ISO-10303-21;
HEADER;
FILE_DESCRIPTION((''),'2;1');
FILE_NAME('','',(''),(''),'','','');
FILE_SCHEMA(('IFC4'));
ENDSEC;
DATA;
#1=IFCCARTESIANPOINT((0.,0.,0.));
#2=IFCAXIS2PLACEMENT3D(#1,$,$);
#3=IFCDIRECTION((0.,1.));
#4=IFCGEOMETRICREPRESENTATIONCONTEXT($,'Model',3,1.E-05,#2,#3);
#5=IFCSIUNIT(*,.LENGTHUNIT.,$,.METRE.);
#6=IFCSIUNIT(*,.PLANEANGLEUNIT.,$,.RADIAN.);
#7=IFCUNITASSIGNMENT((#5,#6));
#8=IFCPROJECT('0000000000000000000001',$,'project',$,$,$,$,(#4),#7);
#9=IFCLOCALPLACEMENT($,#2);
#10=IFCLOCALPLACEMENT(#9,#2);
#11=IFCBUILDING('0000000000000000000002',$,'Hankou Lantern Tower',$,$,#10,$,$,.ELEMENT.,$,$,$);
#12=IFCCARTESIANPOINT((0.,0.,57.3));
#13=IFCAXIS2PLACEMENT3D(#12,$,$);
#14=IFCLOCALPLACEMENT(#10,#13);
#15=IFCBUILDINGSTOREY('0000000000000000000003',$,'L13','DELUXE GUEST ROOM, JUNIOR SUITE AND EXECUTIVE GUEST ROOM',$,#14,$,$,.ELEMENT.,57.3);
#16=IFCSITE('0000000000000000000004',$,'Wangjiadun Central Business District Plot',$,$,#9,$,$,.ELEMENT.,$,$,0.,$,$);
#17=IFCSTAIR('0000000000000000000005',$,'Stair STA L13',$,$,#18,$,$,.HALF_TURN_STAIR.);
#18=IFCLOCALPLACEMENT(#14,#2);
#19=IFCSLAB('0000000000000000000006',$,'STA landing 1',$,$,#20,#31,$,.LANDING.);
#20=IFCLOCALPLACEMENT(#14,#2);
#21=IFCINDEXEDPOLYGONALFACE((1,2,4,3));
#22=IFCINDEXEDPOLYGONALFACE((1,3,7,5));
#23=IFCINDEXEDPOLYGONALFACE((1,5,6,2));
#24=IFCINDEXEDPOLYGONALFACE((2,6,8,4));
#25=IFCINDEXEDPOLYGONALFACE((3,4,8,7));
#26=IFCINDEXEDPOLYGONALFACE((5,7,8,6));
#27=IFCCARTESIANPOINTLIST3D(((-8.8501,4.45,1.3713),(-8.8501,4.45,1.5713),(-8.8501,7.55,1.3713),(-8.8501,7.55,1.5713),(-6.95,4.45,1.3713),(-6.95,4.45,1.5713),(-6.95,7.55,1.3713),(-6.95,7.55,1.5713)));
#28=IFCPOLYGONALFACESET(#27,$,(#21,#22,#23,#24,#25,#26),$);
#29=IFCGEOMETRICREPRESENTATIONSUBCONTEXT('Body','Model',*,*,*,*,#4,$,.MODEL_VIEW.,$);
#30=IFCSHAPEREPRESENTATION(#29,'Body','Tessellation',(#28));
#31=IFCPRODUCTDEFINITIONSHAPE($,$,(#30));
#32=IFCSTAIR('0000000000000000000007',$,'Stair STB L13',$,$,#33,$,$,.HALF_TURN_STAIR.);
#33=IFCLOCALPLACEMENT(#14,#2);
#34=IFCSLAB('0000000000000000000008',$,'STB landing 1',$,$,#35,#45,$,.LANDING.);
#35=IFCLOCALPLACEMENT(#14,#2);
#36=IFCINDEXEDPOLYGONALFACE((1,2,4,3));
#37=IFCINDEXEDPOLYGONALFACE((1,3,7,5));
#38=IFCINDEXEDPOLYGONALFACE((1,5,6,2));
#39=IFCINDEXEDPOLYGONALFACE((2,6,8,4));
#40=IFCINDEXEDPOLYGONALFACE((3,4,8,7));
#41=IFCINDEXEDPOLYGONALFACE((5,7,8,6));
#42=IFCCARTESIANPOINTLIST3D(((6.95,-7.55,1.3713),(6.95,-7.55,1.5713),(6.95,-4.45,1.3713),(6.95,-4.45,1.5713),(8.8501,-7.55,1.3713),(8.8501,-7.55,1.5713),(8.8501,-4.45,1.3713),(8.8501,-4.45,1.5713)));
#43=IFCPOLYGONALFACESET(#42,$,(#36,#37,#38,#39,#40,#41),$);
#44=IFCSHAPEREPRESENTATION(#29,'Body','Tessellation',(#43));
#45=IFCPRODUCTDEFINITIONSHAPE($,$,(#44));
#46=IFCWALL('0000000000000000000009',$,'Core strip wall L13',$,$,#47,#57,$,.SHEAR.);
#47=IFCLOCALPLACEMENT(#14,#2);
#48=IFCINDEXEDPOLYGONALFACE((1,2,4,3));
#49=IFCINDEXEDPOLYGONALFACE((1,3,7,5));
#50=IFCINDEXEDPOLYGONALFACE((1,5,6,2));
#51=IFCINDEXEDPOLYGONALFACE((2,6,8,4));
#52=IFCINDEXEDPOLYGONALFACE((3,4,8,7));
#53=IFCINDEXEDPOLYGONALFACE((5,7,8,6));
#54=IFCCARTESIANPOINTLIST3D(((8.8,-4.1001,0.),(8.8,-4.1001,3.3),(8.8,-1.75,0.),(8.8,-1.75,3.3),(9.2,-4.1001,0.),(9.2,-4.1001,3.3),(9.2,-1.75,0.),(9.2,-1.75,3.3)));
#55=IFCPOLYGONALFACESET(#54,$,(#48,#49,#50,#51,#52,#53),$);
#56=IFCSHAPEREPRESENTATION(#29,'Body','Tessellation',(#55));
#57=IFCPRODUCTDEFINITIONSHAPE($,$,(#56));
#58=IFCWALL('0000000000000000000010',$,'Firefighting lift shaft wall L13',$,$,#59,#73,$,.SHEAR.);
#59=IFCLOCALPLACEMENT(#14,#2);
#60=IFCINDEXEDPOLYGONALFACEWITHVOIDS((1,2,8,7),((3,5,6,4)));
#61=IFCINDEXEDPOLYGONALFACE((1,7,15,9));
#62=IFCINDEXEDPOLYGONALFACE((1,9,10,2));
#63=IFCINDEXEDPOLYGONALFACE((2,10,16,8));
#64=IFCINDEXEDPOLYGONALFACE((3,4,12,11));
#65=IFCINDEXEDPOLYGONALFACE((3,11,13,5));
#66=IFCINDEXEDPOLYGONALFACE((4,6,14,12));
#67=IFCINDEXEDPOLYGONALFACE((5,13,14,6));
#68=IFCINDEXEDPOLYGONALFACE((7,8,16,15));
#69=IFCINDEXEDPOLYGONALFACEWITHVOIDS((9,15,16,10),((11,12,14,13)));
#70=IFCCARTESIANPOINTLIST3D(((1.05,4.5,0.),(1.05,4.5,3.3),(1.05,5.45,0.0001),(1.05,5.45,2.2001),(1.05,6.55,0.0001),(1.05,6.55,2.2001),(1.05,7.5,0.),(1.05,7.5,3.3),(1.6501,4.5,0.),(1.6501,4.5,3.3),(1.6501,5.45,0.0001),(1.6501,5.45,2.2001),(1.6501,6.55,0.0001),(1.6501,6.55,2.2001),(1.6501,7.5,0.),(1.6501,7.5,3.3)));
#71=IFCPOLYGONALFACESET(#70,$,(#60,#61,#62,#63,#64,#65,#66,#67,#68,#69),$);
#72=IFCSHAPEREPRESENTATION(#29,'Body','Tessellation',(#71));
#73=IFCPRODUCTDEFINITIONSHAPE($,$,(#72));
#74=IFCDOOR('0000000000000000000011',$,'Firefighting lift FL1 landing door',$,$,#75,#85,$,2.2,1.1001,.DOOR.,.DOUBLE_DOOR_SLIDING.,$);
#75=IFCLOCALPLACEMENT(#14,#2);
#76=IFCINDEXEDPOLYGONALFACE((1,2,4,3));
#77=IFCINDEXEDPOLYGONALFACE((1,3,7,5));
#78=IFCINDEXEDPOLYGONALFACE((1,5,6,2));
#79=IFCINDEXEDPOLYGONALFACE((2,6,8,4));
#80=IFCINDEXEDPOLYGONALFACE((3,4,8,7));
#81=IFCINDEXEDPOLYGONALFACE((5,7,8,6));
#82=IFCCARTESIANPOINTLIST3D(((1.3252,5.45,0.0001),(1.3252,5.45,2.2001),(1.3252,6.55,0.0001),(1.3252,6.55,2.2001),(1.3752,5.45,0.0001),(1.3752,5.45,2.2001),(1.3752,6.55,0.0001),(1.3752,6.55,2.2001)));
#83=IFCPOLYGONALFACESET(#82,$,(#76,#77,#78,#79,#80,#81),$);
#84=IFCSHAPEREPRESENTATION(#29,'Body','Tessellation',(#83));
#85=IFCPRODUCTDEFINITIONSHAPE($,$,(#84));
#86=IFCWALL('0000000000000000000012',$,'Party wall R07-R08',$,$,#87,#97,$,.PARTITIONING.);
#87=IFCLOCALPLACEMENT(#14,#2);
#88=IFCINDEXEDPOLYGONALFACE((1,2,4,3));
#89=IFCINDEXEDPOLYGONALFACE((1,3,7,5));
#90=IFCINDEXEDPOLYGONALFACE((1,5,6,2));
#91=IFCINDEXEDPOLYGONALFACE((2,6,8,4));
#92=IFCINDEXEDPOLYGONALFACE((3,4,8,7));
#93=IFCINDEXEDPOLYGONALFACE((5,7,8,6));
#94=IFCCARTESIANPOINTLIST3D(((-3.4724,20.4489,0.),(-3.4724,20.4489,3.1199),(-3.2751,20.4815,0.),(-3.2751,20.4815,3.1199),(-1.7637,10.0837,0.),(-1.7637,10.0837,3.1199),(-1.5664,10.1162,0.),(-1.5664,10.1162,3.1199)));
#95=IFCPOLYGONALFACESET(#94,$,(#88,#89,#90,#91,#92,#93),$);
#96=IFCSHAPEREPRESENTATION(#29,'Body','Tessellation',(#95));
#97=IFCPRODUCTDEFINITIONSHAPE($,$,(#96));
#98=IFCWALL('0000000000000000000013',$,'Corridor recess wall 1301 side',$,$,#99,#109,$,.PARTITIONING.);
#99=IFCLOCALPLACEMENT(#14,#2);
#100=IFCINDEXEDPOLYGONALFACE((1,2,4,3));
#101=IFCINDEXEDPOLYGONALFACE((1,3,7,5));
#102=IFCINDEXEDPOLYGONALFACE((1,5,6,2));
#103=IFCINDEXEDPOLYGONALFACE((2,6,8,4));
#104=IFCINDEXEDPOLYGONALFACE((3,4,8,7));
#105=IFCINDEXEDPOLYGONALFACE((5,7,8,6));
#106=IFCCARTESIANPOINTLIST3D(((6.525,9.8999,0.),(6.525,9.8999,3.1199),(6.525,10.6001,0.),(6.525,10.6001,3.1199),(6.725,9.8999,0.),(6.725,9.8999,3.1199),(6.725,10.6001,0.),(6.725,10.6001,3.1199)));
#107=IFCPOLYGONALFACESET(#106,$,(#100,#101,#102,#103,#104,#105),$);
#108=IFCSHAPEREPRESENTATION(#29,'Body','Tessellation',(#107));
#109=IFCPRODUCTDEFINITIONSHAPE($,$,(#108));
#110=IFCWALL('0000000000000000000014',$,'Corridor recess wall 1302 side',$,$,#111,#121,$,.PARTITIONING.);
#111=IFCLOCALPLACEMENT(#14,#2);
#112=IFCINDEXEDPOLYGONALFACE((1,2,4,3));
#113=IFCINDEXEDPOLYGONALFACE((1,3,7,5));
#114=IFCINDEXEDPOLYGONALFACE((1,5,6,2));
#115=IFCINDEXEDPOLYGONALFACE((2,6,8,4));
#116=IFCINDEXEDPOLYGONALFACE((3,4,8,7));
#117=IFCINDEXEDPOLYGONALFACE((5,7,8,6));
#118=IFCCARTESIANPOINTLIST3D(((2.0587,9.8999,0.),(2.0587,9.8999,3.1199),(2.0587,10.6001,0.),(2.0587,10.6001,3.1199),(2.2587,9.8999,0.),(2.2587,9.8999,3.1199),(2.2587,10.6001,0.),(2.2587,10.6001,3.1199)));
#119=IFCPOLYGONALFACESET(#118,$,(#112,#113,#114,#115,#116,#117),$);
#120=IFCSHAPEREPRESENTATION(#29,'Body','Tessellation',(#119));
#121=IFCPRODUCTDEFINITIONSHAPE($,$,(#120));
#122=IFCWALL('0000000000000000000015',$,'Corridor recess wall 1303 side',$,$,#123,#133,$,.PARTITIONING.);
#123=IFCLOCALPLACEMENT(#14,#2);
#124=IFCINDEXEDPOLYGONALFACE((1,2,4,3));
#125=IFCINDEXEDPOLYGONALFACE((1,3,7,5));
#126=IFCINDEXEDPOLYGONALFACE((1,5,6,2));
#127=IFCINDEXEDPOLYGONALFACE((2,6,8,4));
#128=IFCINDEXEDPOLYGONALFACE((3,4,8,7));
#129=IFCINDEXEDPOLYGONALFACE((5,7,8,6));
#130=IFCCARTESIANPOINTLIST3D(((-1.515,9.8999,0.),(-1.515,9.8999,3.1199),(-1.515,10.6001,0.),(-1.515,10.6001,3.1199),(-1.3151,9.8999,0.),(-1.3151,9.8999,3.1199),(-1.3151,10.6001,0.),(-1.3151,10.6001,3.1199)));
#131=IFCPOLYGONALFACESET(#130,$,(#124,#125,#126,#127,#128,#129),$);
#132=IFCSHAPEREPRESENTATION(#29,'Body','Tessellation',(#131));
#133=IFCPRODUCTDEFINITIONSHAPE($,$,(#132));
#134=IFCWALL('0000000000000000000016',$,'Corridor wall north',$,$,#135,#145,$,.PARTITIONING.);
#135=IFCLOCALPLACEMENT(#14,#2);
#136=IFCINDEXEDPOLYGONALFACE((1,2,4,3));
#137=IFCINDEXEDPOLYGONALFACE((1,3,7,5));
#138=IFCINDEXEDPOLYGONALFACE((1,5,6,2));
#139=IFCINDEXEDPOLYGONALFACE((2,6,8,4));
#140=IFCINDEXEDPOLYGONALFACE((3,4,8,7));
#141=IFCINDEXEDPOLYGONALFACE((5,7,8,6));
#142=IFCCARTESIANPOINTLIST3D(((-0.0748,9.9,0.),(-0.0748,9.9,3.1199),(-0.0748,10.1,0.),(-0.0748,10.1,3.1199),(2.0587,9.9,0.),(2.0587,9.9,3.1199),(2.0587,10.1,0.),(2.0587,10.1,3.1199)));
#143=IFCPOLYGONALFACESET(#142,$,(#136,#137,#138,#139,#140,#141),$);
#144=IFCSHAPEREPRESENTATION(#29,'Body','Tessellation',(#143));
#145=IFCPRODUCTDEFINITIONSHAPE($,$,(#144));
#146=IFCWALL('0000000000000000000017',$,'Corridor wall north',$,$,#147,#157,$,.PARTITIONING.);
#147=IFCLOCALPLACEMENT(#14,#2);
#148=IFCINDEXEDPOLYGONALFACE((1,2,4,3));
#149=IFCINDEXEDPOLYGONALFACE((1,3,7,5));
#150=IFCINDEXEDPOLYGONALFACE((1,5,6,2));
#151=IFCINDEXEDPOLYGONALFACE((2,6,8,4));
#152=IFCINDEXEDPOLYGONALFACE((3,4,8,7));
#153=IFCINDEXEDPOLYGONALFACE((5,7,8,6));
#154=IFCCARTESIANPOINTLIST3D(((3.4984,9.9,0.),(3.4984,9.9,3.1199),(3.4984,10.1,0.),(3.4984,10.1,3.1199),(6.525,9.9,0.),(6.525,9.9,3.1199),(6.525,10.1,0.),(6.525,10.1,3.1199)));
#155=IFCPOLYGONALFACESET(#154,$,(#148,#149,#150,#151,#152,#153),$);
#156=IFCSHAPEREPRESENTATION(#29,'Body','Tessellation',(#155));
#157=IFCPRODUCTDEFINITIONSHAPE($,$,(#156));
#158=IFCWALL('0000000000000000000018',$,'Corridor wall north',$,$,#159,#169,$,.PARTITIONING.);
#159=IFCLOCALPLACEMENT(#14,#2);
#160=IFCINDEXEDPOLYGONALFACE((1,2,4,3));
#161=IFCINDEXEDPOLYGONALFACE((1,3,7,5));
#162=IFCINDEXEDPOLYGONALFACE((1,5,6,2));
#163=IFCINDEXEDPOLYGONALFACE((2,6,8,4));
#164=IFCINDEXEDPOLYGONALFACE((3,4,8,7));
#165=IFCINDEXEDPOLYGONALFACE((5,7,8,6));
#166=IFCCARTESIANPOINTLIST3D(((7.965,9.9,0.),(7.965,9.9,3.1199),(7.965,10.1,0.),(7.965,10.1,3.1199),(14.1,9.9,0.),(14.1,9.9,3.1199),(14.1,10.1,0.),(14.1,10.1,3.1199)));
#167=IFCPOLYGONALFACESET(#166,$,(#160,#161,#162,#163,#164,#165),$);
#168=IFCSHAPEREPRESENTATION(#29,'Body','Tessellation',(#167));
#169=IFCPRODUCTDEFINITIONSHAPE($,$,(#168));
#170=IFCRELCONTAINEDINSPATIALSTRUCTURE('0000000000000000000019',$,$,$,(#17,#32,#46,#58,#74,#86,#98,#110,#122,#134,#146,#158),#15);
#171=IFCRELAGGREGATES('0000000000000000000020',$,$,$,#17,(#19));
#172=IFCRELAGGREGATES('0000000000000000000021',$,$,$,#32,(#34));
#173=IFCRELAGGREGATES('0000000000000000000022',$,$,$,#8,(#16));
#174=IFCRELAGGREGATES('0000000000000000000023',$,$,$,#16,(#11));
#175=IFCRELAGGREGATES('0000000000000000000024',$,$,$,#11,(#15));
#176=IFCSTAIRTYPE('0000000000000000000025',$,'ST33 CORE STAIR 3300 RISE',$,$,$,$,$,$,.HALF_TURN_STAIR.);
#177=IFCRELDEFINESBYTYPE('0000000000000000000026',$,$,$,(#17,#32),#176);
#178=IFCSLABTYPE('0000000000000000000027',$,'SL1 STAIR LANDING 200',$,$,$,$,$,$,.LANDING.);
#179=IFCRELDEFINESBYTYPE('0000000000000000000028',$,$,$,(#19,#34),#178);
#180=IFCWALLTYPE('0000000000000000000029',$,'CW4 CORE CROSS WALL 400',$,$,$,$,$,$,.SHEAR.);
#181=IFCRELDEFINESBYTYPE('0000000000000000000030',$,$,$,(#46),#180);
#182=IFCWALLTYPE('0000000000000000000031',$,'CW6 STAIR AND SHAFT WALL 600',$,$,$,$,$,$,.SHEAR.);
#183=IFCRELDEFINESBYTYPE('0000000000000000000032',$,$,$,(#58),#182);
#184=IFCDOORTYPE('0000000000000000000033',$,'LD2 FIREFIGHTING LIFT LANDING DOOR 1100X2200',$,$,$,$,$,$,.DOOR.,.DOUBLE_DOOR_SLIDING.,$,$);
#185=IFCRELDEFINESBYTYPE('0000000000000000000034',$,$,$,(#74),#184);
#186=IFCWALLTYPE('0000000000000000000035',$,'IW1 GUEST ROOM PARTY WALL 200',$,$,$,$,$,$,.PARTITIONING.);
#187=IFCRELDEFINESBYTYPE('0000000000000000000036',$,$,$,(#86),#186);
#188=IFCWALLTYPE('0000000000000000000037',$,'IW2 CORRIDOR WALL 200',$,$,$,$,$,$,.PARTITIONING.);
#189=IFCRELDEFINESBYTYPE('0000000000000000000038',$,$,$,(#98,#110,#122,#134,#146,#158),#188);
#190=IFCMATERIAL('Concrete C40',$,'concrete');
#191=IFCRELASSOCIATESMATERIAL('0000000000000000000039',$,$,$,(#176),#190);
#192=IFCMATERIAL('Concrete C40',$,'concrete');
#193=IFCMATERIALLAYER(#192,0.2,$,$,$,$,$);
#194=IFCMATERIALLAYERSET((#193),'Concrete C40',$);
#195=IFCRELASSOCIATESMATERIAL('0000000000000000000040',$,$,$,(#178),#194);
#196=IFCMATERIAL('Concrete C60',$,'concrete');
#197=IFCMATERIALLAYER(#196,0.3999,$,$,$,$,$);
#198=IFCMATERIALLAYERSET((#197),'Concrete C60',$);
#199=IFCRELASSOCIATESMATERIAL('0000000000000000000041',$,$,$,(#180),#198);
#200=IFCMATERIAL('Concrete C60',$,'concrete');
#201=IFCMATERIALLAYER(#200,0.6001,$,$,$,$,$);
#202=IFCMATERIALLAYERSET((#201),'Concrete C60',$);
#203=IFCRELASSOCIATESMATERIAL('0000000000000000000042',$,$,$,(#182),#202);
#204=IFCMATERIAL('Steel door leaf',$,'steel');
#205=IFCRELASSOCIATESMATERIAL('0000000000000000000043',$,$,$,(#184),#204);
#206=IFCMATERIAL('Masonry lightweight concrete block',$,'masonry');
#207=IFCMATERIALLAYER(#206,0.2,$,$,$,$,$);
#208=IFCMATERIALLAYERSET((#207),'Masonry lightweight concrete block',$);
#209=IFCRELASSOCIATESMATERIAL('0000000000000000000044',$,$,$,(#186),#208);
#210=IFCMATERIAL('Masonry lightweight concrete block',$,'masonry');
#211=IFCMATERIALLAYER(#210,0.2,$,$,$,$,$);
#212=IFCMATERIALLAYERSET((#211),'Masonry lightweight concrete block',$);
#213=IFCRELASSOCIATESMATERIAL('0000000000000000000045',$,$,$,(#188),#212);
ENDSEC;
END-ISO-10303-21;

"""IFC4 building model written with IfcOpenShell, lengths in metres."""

from ifc_helpers import new_model, si_unit, direction, frame, frame_2d, origin, place, context, subcontext, project, spatial, polyline, rectangle, outline, extrude, material, layer, layer_set, type_object, element, fill, aggregate, save


model = new_model("IFC4")

# Units and contexts
model_context = context("Model", 3, precision=1e-05, world=origin(), true_north=direction((0.0, 1.0)))
body_context = subcontext(model_context, "Body", "Model", "MODEL_VIEW")
ifc_project = project(units=[si_unit("LENGTHUNIT", "METRE"), si_unit("PLANEANGLEUNIT", "RADIAN")], contexts=[model_context])

# Site, building, storey
site_placement = place(None, origin())
site = spatial("IfcSite", under=ifc_project, at=site_placement, Name="Wangjiadun Central Business District Plot", CompositionType="ELEMENT", RefElevation=0.0)
building_placement = place(site_placement, origin())
building = spatial("IfcBuilding", under=site, at=building_placement, Name="Hankou Lantern Tower", CompositionType="ELEMENT")
storey_placement = place(building_placement, frame((0.0, 0.0, 57.3)))
storey = spatial("IfcBuildingStorey", under=building, at=storey_placement, Name="L13", Description="DELUXE GUEST ROOM, JUNIOR SUITE AND EXECUTIVE GUEST ROOM", CompositionType="ELEMENT", Elevation=57.3)

# Stairs, slabs
ifc_material_1 = material(Name="Concrete C40", Category="concrete")
stair_type = type_object("IfcStairType", Name="ST33 CORE STAIR 3300 RISE", PredefinedType="HALF_TURN_STAIR", material=ifc_material_1)
stair_1_placement = place(storey_placement, origin())
stair_1 = element("IfcStair", 1, at=stair_1_placement, inside=storey, type_object=stair_type, Name="Stair STA L13", PredefinedType="HALF_TURN_STAIR")
ifc_material_2 = material(Name="Concrete C40", Category="concrete")
ifc_layer_1 = layer(ifc_material_2, 0.2)
ifc_layer_set_1 = layer_set([ifc_layer_1], Name="Concrete C40")
slab_type_1 = type_object("IfcSlabType", Name="SL1 STAIR LANDING 200", PredefinedType="LANDING", material=ifc_layer_set_1)
slab_1_placement = place(storey_placement, frame((0.0, 0.0, 1.3713)))
slab_1 = element("IfcSlab", 2, at=slab_1_placement, type_object=slab_type_1, Name="STA landing 1", PredefinedType="LANDING", context=body_context, shape_type="SweptSolid", body=[
    extrude(outline(polyline([(-8.8501, 4.45), (-6.95, 4.45), (-6.95, 7.55), (-8.8501, 7.55), (-8.8501, 4.45)])), origin(), (0.0, 0.0, 1.0), 0.2),
])
aggregate(stair_1, [slab_1])
stair_2_placement = place(storey_placement, origin())
stair_2 = element("IfcStair", 3, at=stair_2_placement, inside=storey, type_object=stair_type, Name="Stair STB L13", PredefinedType="HALF_TURN_STAIR")
slab_2_placement = place(storey_placement, frame((0.0, 0.0, 1.3713)))
slab_2 = element("IfcSlab", 4, at=slab_2_placement, type_object=slab_type_1, Name="STB landing 1", PredefinedType="LANDING", context=body_context, shape_type="SweptSolid", body=[
    extrude(outline(polyline([(8.8501, -4.45), (6.95, -4.45), (6.95, -7.55), (8.8501, -7.55), (8.8501, -4.45)])), origin(), (0.0, 0.0, 1.0), 0.2),
])
aggregate(stair_2, [slab_2])

# Wall
ifc_material_3 = material(Name="Concrete C60", Category="concrete")
ifc_layer_2 = layer(ifc_material_3, 0.3999)
ifc_layer_set_2 = layer_set([ifc_layer_2], Name="Concrete C60")
wall_type_1 = type_object("IfcWallType", Name="CW4 CORE CROSS WALL 400", PredefinedType="SHEAR", material=ifc_layer_set_2)
wall_1_placement = place(storey_placement, frame((9.0, -4.1001, 0.0), z_axis=(0.0, 0.0, 1.0), x_axis=(0.0, 1.0, 0.0)))
element("IfcWall", 5, at=wall_1_placement, inside=storey, type_object=wall_type_1, Name="Core strip wall L13", PredefinedType="SHEAR", context=body_context, shape_type="SweptSolid", body=[
    extrude(rectangle(XDim=2.3501, YDim=0.3999, at=frame_2d((1.175, 0.0))), origin(), (0.0, 0.0, 1.0), 3.3),
])

# Wall, opening, door
ifc_material_4 = material(Name="Concrete C60", Category="concrete")
ifc_layer_3 = layer(ifc_material_4, 0.6001)
ifc_layer_set_3 = layer_set([ifc_layer_3], Name="Concrete C60")
wall_type_2 = type_object("IfcWallType", Name="CW6 STAIR AND SHAFT WALL 600", PredefinedType="SHEAR", material=ifc_layer_set_3)
wall_2_placement = place(storey_placement, frame((1.3501, 4.5, 0.0), z_axis=(0.0, 0.0, 1.0), x_axis=(0.0, 1.0, 0.0)))
wall_2 = element("IfcWall", 6, at=wall_2_placement, inside=storey, type_object=wall_type_2, Name="Firefighting lift shaft wall L13", PredefinedType="SHEAR", context=body_context, shape_type="SweptSolid", body=[
    extrude(rectangle(XDim=3.0, YDim=0.6001, at=frame_2d((1.5, 0.0))), origin(), (0.0, 0.0, 1.0), 3.3),
])
opening_1_placement = place(wall_2_placement, frame((0.95, 0.0, 0.0)))
opening_1 = element("IfcOpeningElement", 7, at=opening_1_placement, cuts=wall_2, PredefinedType="OPENING", context=body_context, shape_type="SweptSolid", body=[
    extrude(rectangle(XDim=1.1001, YDim=2.2, at=frame_2d((0.55, 1.1001))), frame((0.0, 0.3101, 0.0), z_axis=(0.0, -1.0, 0.0), x_axis=(1.0, 0.0, 0.0)), (0.0, 0.0, 1.0), 0.6201),
])
ifc_material_5 = material(Name="Steel door leaf", Category="steel")
door_type_1 = type_object("IfcDoorType", Name="LD2 FIREFIGHTING LIFT LANDING DOOR 1100X2200", OperationType="DOUBLE_DOOR_SLIDING", PredefinedType="DOOR", material=ifc_material_5)
door_1_placement = place(opening_1_placement, origin())
door_1 = element("IfcDoor", 8, at=door_1_placement, inside=storey, type_object=door_type_1, Name="Firefighting lift FL1 landing door", OperationType="DOUBLE_DOOR_SLIDING", OverallHeight=2.2, OverallWidth=1.1001, PredefinedType="DOOR", context=body_context, shape_type="SweptSolid", body=[
    extrude(rectangle(XDim=1.1001, YDim=2.2, at=frame_2d((0.55, 1.1001))), frame((0.0, 0.0249, 0.0), z_axis=(0.0, -1.0, 0.0), x_axis=(1.0, 0.0, 0.0)), (0.0, 0.0, 1.0), 0.05),
])
fill(opening_1, door_1)

# Walls
ifc_material_6 = material(Name="Masonry lightweight concrete block", Category="masonry")
ifc_layer_4 = layer(ifc_material_6, 0.2)
ifc_layer_set_4 = layer_set([ifc_layer_4], Name="Masonry lightweight concrete block")
wall_type_3 = type_object("IfcWallType", Name="IW1 GUEST ROOM PARTY WALL 200", PredefinedType="PARTITIONING", material=ifc_layer_set_4)
wall_3_placement = place(storey_placement, frame((-1.665, 10.1001, 0.0), z_axis=(0.0, 0.0, 1.0), x_axis=(-0.162658, 0.986683, 0.0)))
element("IfcWall", 9, at=wall_3_placement, inside=storey, type_object=wall_type_3, Name="Party wall R07-R08", PredefinedType="PARTITIONING", context=body_context, shape_type="SweptSolid", body=[
    extrude(rectangle(XDim=10.5051, YDim=0.2, at=frame_2d((5.2524, 0.0))), origin(), (0.0, 0.0, 1.0), 3.1199),
])
ifc_material_7 = material(Name="Masonry lightweight concrete block", Category="masonry")
ifc_layer_5 = layer(ifc_material_7, 0.2)
ifc_layer_set_5 = layer_set([ifc_layer_5], Name="Masonry lightweight concrete block")
wall_type_4 = type_object("IfcWallType", Name="IW2 CORRIDOR WALL 200", PredefinedType="PARTITIONING", material=ifc_layer_set_5)
for number, where, z_axis, x_axis, name in (
    (10, (6.625, 9.8999, 0.0), (0.0, 0.0, 1.0), (0.0, 1.0, 0.0), "Corridor recess wall 1301 side"),
    (11, (2.1587, 9.8999, 0.0), (0.0, 0.0, 1.0), (0.0, 1.0, 0.0), "Corridor recess wall 1302 side"),
    (12, (-1.415, 9.8999, 0.0), (0.0, 0.0, 1.0), (0.0, 1.0, 0.0), "Corridor recess wall 1303 side"),
):
    element("IfcWall", number, at=place(storey_placement, frame(where, z_axis=z_axis, x_axis=x_axis)), inside=storey, type_object=wall_type_4, Name=name, PredefinedType="PARTITIONING", context=body_context, shape_type="SweptSolid", body=[
        extrude(rectangle(XDim=0.7002, YDim=0.2, at=frame_2d((0.3501, 0.0))), origin(), (0.0, 0.0, 1.0), 3.1199),
    ])
wall_4_placement = place(storey_placement, frame((-0.075, 10.0, 0.0), z_axis=(0.0, 0.0, 1.0), x_axis=(1.0, 0.0, 0.0)))
element("IfcWall", 13, at=wall_4_placement, inside=storey, type_object=wall_type_4, Name="Corridor wall north", PredefinedType="PARTITIONING", context=body_context, shape_type="SweptSolid", body=[
    extrude(rectangle(XDim=2.1335, YDim=0.2, at=frame_2d((1.0669, 0.0))), origin(), (0.0, 0.0, 1.0), 3.1199),
])
wall_5_placement = place(storey_placement, frame((3.4985, 10.0, 0.0), z_axis=(0.0, 0.0, 1.0), x_axis=(1.0, 0.0, 0.0)))
element("IfcWall", 14, at=wall_5_placement, inside=storey, type_object=wall_type_4, Name="Corridor wall north", PredefinedType="PARTITIONING", context=body_context, shape_type="SweptSolid", body=[
    extrude(rectangle(XDim=3.0266, YDim=0.2, at=frame_2d((1.5132, 0.0))), origin(), (0.0, 0.0, 1.0), 3.1199),
])
wall_6_placement = place(storey_placement, frame((7.9651, 10.0, 0.0), z_axis=(0.0, 0.0, 1.0), x_axis=(1.0, 0.0, 0.0)))
element("IfcWall", 15, at=wall_6_placement, inside=storey, type_object=wall_type_4, Name="Corridor wall north", PredefinedType="PARTITIONING", context=body_context, shape_type="SweptSolid", body=[
    extrude(rectangle(XDim=6.135, YDim=0.2, at=frame_2d((3.0674, 0.0))), origin(), (0.0, 0.0, 1.0), 3.1199),
])

save(model, "model.ifc")
